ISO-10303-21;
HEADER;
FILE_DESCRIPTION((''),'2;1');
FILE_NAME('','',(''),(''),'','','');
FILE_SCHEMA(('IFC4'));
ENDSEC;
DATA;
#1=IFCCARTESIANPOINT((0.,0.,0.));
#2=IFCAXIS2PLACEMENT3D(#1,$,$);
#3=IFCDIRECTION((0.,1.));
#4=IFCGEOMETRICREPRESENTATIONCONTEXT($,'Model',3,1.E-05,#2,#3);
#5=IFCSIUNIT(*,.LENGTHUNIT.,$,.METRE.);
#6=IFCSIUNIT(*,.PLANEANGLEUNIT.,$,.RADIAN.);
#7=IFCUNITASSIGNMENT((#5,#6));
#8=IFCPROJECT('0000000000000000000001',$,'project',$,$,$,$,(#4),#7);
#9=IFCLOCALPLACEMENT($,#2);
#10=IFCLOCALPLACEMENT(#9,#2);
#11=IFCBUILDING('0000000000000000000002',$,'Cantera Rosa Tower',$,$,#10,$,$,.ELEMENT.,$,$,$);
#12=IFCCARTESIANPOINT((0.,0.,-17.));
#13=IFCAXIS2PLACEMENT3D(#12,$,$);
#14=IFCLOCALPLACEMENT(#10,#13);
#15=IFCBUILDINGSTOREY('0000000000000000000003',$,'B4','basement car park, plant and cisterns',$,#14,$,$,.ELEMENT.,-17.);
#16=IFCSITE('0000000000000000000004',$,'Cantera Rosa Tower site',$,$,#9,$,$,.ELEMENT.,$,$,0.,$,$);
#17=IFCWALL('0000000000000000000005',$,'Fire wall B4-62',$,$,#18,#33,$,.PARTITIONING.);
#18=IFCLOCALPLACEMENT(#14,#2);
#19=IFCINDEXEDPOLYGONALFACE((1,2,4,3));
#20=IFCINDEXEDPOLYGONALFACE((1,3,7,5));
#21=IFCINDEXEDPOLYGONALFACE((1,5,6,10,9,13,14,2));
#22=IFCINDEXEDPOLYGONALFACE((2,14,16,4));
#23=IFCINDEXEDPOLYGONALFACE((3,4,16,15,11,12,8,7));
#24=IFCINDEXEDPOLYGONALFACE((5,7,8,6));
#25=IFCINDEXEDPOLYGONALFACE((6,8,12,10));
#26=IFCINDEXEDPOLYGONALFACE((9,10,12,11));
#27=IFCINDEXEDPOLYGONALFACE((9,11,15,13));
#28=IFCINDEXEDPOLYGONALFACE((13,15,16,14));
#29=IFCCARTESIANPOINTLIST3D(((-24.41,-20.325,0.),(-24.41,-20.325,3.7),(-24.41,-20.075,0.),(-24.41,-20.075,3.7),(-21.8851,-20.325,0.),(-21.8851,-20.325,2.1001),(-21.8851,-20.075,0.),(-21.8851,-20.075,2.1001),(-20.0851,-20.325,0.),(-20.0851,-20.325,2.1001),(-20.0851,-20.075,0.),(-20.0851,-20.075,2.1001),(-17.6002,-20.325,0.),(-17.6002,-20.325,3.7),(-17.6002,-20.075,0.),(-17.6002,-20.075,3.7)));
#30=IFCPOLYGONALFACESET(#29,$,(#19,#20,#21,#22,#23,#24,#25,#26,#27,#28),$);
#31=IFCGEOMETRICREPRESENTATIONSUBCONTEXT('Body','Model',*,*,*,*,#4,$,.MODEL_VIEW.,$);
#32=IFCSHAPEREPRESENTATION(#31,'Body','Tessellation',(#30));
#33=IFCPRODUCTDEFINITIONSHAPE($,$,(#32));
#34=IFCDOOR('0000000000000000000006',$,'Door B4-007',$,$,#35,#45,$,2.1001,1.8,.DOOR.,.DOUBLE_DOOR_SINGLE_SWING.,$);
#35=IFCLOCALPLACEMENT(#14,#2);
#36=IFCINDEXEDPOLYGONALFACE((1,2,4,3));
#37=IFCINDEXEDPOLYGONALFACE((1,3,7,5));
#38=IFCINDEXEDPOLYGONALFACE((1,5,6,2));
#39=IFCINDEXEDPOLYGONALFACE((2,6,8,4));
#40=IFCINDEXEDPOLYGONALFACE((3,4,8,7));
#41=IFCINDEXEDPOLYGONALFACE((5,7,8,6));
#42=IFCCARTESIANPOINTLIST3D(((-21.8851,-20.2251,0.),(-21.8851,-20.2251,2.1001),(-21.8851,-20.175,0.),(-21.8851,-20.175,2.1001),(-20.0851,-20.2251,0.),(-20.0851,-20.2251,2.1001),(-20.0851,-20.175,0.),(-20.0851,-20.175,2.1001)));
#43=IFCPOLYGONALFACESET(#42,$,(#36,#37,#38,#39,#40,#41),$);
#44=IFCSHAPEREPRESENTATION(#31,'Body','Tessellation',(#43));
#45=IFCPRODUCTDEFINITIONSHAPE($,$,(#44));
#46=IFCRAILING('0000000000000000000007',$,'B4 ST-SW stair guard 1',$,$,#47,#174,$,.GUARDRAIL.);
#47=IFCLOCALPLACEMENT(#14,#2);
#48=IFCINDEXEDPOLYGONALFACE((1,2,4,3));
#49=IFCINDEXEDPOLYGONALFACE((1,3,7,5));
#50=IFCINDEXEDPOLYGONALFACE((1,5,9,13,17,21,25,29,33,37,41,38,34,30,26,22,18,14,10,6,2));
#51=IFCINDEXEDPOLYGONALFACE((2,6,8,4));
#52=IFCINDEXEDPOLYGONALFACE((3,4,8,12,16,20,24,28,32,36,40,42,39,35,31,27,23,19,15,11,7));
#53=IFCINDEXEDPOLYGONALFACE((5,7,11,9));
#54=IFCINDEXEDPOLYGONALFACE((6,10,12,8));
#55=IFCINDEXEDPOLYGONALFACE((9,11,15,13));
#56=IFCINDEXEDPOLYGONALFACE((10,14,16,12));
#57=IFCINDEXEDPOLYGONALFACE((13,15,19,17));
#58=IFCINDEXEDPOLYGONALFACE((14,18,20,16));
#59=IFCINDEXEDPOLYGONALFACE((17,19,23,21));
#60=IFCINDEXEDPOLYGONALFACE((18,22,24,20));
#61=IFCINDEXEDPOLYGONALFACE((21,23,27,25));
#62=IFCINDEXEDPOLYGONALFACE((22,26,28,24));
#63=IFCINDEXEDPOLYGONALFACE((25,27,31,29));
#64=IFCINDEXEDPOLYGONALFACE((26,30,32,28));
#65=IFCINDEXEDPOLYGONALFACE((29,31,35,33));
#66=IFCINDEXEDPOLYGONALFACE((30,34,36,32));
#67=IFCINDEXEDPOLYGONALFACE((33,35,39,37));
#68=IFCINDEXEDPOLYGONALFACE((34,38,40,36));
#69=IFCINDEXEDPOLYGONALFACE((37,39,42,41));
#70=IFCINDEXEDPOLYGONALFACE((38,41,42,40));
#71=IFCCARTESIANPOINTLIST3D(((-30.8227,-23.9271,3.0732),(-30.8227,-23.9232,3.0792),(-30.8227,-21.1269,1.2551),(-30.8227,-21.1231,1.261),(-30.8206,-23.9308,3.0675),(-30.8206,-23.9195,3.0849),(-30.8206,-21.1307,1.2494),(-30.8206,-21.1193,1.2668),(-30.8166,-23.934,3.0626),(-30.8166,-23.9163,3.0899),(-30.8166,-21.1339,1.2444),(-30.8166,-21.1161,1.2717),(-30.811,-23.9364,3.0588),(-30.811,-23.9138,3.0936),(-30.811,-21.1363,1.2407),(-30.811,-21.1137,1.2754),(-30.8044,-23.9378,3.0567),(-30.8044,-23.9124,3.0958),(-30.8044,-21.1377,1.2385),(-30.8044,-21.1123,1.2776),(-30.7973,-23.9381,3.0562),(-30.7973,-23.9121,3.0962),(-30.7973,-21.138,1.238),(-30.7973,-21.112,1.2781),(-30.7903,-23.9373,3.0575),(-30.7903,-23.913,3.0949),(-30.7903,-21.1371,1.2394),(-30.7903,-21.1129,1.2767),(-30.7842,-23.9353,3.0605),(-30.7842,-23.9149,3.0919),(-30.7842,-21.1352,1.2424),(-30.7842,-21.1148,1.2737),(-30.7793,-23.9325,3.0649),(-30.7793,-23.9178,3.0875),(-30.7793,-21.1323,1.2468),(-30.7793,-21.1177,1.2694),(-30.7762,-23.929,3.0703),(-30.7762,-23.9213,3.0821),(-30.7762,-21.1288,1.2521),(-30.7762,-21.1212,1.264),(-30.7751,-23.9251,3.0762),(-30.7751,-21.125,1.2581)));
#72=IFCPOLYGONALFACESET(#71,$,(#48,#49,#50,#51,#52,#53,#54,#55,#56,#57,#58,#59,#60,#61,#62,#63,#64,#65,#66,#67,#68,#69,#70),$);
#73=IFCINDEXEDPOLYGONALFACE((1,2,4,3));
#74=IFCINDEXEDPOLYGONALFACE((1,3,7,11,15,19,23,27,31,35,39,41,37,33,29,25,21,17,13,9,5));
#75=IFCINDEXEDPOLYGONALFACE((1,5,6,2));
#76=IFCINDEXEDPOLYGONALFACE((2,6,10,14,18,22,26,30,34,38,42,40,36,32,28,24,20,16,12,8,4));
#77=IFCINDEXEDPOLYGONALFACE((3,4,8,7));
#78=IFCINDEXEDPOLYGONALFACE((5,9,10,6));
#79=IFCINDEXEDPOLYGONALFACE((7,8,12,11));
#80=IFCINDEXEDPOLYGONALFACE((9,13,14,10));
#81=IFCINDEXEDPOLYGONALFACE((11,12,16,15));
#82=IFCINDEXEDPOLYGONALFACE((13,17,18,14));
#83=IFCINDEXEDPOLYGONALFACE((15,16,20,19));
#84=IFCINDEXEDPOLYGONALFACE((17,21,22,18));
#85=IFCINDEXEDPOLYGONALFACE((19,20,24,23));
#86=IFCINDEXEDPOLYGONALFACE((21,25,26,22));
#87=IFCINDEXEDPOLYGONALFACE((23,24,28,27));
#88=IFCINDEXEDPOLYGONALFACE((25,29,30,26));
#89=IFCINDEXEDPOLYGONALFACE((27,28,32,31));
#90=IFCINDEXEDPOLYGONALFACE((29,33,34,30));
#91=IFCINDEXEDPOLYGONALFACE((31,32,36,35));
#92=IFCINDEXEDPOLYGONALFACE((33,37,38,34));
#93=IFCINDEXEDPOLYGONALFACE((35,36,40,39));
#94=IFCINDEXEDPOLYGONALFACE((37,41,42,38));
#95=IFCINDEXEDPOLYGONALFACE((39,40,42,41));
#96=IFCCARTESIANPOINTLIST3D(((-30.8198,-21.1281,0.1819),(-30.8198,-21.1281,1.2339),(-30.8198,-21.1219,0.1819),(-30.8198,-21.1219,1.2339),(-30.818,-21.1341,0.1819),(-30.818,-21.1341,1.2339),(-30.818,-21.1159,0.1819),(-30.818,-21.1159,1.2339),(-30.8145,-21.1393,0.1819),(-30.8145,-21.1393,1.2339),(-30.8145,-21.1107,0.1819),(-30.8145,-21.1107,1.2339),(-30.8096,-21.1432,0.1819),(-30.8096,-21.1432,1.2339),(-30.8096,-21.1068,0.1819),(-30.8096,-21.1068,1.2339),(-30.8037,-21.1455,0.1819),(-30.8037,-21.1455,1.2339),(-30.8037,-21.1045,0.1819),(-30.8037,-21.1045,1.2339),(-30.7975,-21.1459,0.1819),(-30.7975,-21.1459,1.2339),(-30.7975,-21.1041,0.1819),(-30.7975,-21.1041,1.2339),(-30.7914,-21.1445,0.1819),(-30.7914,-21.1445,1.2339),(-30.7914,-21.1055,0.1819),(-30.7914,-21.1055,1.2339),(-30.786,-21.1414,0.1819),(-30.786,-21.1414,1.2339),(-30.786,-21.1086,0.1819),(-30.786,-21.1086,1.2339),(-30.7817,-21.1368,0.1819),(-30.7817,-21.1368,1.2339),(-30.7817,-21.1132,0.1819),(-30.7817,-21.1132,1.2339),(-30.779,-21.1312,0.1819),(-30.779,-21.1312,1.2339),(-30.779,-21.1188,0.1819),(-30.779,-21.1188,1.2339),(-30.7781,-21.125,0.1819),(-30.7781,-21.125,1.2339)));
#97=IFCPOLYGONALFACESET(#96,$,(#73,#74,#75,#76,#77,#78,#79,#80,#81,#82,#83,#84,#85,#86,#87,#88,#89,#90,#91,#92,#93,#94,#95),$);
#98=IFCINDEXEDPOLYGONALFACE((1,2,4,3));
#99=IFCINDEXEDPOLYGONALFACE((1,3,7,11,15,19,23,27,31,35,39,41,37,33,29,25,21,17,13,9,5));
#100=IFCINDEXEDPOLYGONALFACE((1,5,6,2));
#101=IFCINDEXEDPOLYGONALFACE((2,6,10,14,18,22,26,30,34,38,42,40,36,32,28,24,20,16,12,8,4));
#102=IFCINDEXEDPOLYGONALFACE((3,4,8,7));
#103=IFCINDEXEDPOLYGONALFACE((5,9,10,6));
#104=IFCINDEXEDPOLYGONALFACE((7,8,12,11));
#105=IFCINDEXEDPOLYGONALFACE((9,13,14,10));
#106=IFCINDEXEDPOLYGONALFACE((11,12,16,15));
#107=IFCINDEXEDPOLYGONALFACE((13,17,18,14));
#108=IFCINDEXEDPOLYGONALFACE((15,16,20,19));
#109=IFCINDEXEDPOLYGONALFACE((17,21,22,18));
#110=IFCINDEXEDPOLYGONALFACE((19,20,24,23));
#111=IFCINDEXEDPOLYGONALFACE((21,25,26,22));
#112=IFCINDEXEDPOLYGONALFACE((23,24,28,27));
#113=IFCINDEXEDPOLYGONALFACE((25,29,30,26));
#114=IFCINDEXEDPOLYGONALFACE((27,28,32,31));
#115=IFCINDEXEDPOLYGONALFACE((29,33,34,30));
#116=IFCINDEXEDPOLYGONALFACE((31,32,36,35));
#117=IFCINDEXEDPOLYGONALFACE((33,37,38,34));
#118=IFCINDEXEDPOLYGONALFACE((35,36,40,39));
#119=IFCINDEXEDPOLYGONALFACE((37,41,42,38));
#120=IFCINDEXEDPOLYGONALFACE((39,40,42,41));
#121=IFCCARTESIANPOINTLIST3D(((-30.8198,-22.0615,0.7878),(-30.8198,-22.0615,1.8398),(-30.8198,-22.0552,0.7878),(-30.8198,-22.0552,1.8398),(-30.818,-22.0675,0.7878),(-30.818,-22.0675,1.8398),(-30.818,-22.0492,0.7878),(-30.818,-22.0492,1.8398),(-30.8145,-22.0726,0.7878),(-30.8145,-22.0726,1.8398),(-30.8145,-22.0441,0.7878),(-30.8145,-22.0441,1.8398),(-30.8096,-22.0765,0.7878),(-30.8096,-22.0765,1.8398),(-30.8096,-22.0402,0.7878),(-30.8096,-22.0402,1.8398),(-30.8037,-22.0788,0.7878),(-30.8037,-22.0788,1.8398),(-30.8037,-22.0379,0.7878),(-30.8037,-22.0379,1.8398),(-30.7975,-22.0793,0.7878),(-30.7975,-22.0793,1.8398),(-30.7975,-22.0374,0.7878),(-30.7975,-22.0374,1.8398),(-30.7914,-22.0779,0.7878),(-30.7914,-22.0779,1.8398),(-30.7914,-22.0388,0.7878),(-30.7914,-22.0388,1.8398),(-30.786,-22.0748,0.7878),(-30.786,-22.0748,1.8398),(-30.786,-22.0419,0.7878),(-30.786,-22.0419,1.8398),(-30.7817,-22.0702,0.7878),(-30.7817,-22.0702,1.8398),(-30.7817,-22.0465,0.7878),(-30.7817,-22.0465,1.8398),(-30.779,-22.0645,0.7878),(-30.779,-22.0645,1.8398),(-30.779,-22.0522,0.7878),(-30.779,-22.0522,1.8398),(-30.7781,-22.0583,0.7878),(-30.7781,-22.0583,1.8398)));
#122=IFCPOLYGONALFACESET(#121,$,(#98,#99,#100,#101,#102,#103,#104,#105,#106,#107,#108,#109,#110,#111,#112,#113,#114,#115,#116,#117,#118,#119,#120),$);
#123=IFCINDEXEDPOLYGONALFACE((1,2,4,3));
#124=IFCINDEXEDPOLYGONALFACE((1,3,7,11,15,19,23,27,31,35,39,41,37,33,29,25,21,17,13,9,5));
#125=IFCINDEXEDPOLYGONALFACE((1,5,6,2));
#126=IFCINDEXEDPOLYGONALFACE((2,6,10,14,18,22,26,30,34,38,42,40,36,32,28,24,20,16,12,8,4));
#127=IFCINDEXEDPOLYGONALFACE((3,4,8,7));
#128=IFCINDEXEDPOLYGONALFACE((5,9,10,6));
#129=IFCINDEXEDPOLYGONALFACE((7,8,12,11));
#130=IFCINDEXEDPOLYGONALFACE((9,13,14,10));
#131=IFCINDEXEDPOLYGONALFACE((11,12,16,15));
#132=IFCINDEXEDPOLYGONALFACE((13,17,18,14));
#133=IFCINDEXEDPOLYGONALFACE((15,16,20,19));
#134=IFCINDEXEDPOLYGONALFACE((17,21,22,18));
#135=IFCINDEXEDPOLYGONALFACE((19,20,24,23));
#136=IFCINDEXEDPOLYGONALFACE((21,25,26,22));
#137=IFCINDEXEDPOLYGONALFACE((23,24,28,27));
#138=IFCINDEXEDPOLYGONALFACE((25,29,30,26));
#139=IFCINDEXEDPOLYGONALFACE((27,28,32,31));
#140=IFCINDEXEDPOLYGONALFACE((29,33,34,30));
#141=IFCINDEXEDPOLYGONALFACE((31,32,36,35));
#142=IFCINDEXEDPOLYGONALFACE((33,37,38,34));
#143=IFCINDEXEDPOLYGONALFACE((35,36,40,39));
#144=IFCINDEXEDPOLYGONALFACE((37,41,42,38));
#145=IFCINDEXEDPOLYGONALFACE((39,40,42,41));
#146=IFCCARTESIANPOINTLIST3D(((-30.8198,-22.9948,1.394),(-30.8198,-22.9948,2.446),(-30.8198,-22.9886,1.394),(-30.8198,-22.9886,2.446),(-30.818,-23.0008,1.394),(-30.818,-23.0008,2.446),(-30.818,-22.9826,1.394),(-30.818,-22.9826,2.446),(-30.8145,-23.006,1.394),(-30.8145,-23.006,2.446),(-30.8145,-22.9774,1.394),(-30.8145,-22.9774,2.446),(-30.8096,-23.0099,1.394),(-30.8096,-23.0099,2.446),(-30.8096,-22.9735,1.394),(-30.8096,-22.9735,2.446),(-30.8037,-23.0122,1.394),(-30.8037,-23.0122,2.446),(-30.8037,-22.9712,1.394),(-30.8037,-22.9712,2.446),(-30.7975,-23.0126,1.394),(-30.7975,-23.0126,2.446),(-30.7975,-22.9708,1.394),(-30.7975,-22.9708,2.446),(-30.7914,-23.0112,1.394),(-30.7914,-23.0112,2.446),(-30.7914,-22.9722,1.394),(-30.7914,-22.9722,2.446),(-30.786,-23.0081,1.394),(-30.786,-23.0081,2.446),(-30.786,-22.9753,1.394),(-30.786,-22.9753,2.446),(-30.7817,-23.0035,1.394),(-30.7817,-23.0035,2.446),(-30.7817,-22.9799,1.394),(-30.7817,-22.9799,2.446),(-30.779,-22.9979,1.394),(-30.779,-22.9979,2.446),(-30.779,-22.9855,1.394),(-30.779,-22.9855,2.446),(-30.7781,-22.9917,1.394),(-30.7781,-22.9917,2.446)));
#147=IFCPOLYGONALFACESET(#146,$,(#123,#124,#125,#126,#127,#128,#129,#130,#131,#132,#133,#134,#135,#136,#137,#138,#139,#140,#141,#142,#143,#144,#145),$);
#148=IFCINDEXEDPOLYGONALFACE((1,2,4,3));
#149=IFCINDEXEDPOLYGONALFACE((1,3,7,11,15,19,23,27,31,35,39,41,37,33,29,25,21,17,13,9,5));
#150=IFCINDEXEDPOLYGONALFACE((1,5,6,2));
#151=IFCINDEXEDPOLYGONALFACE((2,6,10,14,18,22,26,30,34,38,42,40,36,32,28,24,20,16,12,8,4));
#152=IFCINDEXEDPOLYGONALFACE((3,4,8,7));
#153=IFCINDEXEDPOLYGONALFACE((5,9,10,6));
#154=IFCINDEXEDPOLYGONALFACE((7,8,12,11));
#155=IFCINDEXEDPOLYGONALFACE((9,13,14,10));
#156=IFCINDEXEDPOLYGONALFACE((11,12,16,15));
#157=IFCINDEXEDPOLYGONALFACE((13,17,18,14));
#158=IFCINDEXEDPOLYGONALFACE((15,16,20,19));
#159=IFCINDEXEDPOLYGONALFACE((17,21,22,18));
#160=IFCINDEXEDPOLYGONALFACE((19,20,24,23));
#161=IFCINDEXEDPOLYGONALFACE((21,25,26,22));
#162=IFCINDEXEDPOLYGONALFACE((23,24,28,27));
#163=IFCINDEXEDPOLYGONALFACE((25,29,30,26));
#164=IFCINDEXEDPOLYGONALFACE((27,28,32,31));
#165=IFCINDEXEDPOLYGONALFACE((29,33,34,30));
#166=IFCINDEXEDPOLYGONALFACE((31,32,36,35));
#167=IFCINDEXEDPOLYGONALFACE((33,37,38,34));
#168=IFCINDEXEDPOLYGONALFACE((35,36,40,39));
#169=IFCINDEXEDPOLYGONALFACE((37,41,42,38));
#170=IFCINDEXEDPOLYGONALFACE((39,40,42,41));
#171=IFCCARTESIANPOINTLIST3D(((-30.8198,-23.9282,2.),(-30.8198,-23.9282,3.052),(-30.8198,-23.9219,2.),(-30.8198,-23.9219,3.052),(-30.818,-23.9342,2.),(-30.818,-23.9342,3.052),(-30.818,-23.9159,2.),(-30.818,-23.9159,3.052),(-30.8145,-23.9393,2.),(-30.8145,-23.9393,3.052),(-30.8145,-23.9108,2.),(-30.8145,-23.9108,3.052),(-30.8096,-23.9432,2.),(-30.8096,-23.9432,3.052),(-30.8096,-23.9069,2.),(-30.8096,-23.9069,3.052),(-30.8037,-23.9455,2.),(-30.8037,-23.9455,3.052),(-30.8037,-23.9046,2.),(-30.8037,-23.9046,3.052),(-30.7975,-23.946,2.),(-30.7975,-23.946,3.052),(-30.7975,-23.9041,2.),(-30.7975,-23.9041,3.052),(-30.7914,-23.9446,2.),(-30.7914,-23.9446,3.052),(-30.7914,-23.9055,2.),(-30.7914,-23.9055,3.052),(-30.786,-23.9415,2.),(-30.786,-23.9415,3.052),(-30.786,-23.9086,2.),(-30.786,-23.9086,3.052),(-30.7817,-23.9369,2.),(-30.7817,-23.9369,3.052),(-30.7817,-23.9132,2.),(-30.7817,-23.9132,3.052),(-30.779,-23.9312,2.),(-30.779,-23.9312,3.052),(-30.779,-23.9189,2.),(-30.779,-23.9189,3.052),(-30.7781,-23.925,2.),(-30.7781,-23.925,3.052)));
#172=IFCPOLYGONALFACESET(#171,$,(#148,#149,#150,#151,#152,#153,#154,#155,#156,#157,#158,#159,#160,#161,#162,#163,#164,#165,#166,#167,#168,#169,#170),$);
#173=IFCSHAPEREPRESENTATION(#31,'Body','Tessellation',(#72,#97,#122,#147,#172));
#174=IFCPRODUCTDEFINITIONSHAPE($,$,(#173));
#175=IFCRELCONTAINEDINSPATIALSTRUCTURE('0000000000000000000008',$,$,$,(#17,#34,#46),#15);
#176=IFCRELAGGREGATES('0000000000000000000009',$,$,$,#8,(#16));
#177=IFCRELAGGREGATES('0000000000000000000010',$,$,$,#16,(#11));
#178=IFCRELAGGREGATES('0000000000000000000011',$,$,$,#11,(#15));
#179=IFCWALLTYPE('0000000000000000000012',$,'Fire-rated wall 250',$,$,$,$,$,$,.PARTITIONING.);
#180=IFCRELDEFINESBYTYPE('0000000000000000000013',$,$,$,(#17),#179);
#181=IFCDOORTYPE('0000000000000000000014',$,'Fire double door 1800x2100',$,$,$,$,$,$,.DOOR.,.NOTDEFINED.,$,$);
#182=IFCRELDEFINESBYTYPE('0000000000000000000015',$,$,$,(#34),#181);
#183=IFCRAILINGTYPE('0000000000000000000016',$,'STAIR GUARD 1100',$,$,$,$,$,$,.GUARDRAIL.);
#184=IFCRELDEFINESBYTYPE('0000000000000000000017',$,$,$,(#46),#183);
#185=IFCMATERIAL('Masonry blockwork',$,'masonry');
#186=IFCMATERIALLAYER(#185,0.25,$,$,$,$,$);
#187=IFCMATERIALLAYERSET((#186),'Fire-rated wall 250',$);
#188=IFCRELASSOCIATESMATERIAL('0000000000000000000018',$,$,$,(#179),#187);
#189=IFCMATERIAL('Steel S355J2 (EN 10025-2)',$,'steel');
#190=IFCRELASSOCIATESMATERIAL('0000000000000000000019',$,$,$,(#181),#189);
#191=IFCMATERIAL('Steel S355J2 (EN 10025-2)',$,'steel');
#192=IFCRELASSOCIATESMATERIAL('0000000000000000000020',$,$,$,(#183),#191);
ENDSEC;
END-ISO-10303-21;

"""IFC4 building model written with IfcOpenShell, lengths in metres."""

from ifc_helpers import new_model, si_unit, direction, frame, frame_2d, origin, origin_2d, place, context, subcontext, project, spatial, rectangle, circle, extrude, material, layer, layer_set, type_object, element, fill, save


model = new_model("IFC4")

# Units and contexts
model_context = context("Model", 3, precision=1e-05, world=origin(), true_north=direction((0.0, 1.0)))
body_context = subcontext(model_context, "Body", "Model", "MODEL_VIEW")
ifc_project = project(units=[si_unit("LENGTHUNIT", "METRE"), si_unit("PLANEANGLEUNIT", "RADIAN")], contexts=[model_context])

# Site, building, storey
site_placement = place(None, origin())
site = spatial("IfcSite", under=ifc_project, at=site_placement, Name="Cantera Rosa Tower site", CompositionType="ELEMENT", RefElevation=0.0)
building_placement = place(site_placement, origin())
building = spatial("IfcBuilding", under=site, at=building_placement, Name="Cantera Rosa Tower", CompositionType="ELEMENT")
storey_placement = place(building_placement, frame((0.0, 0.0, -17.0)))
storey = spatial("IfcBuildingStorey", under=building, at=storey_placement, Name="B4", Description="basement car park, plant and cisterns", CompositionType="ELEMENT", Elevation=-17.0)

# Shared definitions
ifc_material_1 = material(Name="Masonry blockwork", Category="masonry")
ifc_layer_1 = layer(ifc_material_1, 0.25)
ifc_layer_set_1 = layer_set([ifc_layer_1], Name="Fire-rated wall 250")
wall_type_1 = type_object("IfcWallType", Name="Fire-rated wall 250", PredefinedType="PARTITIONING", material=ifc_layer_set_1)

# Wall, opening, door
wall_1_placement = place(storey_placement, frame((-24.4099, -20.2, 0.0), z_axis=(0.0, 0.0, 1.0), x_axis=(1.0, 0.0, 0.0)))
wall_1 = element("IfcWall", 1, at=wall_1_placement, inside=storey, type_object=wall_type_1, Name="Fire wall B4-62", PredefinedType="PARTITIONING", context=body_context, shape_type="SweptSolid", body=[
    extrude(rectangle(XDim=6.8098, YDim=0.25, at=frame_2d((3.4048, 0.0))), origin(), (0.0, 0.0, 1.0), 3.7),
])
opening_1_placement = place(wall_1_placement, frame((2.5249, 0.0, 0.0)))
opening_1 = element("IfcOpeningElement", 2, at=opening_1_placement, cuts=wall_1, PredefinedType="OPENING", context=body_context, shape_type="SweptSolid", body=[
    extrude(rectangle(XDim=1.8, YDim=2.1001, at=frame_2d((0.8999, 1.05))), frame((0.0, 0.135, 0.0), z_axis=(0.0, -1.0, 0.0), x_axis=(1.0, 0.0, 0.0)), (0.0, 0.0, 1.0), 0.27),
])
ifc_material_2 = material(Name="Steel S355J2 (EN 10025-2)", Category="steel")
door_type_1 = type_object("IfcDoorType", Name="Fire double door 1800x2100", OperationType="NOTDEFINED", PredefinedType="DOOR", material=ifc_material_2)
door_1_placement = place(opening_1_placement, origin())
door_1 = element("IfcDoor", 3, at=door_1_placement, inside=storey, type_object=door_type_1, Name="Door B4-007", OperationType="DOUBLE_DOOR_SINGLE_SWING", OverallHeight=2.1001, OverallWidth=1.8, PredefinedType="DOOR", context=body_context, shape_type="SweptSolid", body=[
    extrude(rectangle(XDim=1.8, YDim=2.1001, at=frame_2d((0.8999, 1.05))), frame((0.0, 0.0249, 0.0), z_axis=(0.0, -1.0, 0.0), x_axis=(1.0, 0.0, 0.0)), (0.0, 0.0, 1.0), 0.05),
])
fill(opening_1, door_1)

# Railing
ifc_material_3 = material(Name="Steel S355J2 (EN 10025-2)", Category="steel")
railing_type_1 = type_object("IfcRailingType", Name="STAIR GUARD 1100", PredefinedType="GUARDRAIL", material=ifc_material_3)
railing_1_placement = place(storey_placement, frame((-30.7991, -21.125, 0.1819)))
element("IfcRailing", 4, at=railing_1_placement, inside=storey, type_object=railing_type_1, Name="B4 ST-SW stair guard 1", PredefinedType="GUARDRAIL", context=body_context, shape_type="SweptSolid", body=[
    extrude(circle(Radius=0.0239, at=origin_2d()), frame((0.0, 0.0, 1.0762), z_axis=(0.0, -0.838706, 0.544585), x_axis=(1.0, 0.0, 0.0)), (0.0, 0.0, 1.0), 3.3386),
    extrude(circle(Radius=0.021, at=origin_2d()), origin(), (0.0, 0.0, 1.0), 1.052),
    extrude(circle(Radius=0.021, at=origin_2d()), frame((0.0, -0.9333, 0.606)), (0.0, 0.0, 1.0), 1.052),
    extrude(circle(Radius=0.021, at=origin_2d()), frame((0.0, -1.8667, 1.2122)), (0.0, 0.0, 1.0), 1.052),
    extrude(circle(Radius=0.021, at=origin_2d()), frame((0.0, -2.8, 1.8181)), (0.0, 0.0, 1.0), 1.052),
])

save(model, "model.ifc")
